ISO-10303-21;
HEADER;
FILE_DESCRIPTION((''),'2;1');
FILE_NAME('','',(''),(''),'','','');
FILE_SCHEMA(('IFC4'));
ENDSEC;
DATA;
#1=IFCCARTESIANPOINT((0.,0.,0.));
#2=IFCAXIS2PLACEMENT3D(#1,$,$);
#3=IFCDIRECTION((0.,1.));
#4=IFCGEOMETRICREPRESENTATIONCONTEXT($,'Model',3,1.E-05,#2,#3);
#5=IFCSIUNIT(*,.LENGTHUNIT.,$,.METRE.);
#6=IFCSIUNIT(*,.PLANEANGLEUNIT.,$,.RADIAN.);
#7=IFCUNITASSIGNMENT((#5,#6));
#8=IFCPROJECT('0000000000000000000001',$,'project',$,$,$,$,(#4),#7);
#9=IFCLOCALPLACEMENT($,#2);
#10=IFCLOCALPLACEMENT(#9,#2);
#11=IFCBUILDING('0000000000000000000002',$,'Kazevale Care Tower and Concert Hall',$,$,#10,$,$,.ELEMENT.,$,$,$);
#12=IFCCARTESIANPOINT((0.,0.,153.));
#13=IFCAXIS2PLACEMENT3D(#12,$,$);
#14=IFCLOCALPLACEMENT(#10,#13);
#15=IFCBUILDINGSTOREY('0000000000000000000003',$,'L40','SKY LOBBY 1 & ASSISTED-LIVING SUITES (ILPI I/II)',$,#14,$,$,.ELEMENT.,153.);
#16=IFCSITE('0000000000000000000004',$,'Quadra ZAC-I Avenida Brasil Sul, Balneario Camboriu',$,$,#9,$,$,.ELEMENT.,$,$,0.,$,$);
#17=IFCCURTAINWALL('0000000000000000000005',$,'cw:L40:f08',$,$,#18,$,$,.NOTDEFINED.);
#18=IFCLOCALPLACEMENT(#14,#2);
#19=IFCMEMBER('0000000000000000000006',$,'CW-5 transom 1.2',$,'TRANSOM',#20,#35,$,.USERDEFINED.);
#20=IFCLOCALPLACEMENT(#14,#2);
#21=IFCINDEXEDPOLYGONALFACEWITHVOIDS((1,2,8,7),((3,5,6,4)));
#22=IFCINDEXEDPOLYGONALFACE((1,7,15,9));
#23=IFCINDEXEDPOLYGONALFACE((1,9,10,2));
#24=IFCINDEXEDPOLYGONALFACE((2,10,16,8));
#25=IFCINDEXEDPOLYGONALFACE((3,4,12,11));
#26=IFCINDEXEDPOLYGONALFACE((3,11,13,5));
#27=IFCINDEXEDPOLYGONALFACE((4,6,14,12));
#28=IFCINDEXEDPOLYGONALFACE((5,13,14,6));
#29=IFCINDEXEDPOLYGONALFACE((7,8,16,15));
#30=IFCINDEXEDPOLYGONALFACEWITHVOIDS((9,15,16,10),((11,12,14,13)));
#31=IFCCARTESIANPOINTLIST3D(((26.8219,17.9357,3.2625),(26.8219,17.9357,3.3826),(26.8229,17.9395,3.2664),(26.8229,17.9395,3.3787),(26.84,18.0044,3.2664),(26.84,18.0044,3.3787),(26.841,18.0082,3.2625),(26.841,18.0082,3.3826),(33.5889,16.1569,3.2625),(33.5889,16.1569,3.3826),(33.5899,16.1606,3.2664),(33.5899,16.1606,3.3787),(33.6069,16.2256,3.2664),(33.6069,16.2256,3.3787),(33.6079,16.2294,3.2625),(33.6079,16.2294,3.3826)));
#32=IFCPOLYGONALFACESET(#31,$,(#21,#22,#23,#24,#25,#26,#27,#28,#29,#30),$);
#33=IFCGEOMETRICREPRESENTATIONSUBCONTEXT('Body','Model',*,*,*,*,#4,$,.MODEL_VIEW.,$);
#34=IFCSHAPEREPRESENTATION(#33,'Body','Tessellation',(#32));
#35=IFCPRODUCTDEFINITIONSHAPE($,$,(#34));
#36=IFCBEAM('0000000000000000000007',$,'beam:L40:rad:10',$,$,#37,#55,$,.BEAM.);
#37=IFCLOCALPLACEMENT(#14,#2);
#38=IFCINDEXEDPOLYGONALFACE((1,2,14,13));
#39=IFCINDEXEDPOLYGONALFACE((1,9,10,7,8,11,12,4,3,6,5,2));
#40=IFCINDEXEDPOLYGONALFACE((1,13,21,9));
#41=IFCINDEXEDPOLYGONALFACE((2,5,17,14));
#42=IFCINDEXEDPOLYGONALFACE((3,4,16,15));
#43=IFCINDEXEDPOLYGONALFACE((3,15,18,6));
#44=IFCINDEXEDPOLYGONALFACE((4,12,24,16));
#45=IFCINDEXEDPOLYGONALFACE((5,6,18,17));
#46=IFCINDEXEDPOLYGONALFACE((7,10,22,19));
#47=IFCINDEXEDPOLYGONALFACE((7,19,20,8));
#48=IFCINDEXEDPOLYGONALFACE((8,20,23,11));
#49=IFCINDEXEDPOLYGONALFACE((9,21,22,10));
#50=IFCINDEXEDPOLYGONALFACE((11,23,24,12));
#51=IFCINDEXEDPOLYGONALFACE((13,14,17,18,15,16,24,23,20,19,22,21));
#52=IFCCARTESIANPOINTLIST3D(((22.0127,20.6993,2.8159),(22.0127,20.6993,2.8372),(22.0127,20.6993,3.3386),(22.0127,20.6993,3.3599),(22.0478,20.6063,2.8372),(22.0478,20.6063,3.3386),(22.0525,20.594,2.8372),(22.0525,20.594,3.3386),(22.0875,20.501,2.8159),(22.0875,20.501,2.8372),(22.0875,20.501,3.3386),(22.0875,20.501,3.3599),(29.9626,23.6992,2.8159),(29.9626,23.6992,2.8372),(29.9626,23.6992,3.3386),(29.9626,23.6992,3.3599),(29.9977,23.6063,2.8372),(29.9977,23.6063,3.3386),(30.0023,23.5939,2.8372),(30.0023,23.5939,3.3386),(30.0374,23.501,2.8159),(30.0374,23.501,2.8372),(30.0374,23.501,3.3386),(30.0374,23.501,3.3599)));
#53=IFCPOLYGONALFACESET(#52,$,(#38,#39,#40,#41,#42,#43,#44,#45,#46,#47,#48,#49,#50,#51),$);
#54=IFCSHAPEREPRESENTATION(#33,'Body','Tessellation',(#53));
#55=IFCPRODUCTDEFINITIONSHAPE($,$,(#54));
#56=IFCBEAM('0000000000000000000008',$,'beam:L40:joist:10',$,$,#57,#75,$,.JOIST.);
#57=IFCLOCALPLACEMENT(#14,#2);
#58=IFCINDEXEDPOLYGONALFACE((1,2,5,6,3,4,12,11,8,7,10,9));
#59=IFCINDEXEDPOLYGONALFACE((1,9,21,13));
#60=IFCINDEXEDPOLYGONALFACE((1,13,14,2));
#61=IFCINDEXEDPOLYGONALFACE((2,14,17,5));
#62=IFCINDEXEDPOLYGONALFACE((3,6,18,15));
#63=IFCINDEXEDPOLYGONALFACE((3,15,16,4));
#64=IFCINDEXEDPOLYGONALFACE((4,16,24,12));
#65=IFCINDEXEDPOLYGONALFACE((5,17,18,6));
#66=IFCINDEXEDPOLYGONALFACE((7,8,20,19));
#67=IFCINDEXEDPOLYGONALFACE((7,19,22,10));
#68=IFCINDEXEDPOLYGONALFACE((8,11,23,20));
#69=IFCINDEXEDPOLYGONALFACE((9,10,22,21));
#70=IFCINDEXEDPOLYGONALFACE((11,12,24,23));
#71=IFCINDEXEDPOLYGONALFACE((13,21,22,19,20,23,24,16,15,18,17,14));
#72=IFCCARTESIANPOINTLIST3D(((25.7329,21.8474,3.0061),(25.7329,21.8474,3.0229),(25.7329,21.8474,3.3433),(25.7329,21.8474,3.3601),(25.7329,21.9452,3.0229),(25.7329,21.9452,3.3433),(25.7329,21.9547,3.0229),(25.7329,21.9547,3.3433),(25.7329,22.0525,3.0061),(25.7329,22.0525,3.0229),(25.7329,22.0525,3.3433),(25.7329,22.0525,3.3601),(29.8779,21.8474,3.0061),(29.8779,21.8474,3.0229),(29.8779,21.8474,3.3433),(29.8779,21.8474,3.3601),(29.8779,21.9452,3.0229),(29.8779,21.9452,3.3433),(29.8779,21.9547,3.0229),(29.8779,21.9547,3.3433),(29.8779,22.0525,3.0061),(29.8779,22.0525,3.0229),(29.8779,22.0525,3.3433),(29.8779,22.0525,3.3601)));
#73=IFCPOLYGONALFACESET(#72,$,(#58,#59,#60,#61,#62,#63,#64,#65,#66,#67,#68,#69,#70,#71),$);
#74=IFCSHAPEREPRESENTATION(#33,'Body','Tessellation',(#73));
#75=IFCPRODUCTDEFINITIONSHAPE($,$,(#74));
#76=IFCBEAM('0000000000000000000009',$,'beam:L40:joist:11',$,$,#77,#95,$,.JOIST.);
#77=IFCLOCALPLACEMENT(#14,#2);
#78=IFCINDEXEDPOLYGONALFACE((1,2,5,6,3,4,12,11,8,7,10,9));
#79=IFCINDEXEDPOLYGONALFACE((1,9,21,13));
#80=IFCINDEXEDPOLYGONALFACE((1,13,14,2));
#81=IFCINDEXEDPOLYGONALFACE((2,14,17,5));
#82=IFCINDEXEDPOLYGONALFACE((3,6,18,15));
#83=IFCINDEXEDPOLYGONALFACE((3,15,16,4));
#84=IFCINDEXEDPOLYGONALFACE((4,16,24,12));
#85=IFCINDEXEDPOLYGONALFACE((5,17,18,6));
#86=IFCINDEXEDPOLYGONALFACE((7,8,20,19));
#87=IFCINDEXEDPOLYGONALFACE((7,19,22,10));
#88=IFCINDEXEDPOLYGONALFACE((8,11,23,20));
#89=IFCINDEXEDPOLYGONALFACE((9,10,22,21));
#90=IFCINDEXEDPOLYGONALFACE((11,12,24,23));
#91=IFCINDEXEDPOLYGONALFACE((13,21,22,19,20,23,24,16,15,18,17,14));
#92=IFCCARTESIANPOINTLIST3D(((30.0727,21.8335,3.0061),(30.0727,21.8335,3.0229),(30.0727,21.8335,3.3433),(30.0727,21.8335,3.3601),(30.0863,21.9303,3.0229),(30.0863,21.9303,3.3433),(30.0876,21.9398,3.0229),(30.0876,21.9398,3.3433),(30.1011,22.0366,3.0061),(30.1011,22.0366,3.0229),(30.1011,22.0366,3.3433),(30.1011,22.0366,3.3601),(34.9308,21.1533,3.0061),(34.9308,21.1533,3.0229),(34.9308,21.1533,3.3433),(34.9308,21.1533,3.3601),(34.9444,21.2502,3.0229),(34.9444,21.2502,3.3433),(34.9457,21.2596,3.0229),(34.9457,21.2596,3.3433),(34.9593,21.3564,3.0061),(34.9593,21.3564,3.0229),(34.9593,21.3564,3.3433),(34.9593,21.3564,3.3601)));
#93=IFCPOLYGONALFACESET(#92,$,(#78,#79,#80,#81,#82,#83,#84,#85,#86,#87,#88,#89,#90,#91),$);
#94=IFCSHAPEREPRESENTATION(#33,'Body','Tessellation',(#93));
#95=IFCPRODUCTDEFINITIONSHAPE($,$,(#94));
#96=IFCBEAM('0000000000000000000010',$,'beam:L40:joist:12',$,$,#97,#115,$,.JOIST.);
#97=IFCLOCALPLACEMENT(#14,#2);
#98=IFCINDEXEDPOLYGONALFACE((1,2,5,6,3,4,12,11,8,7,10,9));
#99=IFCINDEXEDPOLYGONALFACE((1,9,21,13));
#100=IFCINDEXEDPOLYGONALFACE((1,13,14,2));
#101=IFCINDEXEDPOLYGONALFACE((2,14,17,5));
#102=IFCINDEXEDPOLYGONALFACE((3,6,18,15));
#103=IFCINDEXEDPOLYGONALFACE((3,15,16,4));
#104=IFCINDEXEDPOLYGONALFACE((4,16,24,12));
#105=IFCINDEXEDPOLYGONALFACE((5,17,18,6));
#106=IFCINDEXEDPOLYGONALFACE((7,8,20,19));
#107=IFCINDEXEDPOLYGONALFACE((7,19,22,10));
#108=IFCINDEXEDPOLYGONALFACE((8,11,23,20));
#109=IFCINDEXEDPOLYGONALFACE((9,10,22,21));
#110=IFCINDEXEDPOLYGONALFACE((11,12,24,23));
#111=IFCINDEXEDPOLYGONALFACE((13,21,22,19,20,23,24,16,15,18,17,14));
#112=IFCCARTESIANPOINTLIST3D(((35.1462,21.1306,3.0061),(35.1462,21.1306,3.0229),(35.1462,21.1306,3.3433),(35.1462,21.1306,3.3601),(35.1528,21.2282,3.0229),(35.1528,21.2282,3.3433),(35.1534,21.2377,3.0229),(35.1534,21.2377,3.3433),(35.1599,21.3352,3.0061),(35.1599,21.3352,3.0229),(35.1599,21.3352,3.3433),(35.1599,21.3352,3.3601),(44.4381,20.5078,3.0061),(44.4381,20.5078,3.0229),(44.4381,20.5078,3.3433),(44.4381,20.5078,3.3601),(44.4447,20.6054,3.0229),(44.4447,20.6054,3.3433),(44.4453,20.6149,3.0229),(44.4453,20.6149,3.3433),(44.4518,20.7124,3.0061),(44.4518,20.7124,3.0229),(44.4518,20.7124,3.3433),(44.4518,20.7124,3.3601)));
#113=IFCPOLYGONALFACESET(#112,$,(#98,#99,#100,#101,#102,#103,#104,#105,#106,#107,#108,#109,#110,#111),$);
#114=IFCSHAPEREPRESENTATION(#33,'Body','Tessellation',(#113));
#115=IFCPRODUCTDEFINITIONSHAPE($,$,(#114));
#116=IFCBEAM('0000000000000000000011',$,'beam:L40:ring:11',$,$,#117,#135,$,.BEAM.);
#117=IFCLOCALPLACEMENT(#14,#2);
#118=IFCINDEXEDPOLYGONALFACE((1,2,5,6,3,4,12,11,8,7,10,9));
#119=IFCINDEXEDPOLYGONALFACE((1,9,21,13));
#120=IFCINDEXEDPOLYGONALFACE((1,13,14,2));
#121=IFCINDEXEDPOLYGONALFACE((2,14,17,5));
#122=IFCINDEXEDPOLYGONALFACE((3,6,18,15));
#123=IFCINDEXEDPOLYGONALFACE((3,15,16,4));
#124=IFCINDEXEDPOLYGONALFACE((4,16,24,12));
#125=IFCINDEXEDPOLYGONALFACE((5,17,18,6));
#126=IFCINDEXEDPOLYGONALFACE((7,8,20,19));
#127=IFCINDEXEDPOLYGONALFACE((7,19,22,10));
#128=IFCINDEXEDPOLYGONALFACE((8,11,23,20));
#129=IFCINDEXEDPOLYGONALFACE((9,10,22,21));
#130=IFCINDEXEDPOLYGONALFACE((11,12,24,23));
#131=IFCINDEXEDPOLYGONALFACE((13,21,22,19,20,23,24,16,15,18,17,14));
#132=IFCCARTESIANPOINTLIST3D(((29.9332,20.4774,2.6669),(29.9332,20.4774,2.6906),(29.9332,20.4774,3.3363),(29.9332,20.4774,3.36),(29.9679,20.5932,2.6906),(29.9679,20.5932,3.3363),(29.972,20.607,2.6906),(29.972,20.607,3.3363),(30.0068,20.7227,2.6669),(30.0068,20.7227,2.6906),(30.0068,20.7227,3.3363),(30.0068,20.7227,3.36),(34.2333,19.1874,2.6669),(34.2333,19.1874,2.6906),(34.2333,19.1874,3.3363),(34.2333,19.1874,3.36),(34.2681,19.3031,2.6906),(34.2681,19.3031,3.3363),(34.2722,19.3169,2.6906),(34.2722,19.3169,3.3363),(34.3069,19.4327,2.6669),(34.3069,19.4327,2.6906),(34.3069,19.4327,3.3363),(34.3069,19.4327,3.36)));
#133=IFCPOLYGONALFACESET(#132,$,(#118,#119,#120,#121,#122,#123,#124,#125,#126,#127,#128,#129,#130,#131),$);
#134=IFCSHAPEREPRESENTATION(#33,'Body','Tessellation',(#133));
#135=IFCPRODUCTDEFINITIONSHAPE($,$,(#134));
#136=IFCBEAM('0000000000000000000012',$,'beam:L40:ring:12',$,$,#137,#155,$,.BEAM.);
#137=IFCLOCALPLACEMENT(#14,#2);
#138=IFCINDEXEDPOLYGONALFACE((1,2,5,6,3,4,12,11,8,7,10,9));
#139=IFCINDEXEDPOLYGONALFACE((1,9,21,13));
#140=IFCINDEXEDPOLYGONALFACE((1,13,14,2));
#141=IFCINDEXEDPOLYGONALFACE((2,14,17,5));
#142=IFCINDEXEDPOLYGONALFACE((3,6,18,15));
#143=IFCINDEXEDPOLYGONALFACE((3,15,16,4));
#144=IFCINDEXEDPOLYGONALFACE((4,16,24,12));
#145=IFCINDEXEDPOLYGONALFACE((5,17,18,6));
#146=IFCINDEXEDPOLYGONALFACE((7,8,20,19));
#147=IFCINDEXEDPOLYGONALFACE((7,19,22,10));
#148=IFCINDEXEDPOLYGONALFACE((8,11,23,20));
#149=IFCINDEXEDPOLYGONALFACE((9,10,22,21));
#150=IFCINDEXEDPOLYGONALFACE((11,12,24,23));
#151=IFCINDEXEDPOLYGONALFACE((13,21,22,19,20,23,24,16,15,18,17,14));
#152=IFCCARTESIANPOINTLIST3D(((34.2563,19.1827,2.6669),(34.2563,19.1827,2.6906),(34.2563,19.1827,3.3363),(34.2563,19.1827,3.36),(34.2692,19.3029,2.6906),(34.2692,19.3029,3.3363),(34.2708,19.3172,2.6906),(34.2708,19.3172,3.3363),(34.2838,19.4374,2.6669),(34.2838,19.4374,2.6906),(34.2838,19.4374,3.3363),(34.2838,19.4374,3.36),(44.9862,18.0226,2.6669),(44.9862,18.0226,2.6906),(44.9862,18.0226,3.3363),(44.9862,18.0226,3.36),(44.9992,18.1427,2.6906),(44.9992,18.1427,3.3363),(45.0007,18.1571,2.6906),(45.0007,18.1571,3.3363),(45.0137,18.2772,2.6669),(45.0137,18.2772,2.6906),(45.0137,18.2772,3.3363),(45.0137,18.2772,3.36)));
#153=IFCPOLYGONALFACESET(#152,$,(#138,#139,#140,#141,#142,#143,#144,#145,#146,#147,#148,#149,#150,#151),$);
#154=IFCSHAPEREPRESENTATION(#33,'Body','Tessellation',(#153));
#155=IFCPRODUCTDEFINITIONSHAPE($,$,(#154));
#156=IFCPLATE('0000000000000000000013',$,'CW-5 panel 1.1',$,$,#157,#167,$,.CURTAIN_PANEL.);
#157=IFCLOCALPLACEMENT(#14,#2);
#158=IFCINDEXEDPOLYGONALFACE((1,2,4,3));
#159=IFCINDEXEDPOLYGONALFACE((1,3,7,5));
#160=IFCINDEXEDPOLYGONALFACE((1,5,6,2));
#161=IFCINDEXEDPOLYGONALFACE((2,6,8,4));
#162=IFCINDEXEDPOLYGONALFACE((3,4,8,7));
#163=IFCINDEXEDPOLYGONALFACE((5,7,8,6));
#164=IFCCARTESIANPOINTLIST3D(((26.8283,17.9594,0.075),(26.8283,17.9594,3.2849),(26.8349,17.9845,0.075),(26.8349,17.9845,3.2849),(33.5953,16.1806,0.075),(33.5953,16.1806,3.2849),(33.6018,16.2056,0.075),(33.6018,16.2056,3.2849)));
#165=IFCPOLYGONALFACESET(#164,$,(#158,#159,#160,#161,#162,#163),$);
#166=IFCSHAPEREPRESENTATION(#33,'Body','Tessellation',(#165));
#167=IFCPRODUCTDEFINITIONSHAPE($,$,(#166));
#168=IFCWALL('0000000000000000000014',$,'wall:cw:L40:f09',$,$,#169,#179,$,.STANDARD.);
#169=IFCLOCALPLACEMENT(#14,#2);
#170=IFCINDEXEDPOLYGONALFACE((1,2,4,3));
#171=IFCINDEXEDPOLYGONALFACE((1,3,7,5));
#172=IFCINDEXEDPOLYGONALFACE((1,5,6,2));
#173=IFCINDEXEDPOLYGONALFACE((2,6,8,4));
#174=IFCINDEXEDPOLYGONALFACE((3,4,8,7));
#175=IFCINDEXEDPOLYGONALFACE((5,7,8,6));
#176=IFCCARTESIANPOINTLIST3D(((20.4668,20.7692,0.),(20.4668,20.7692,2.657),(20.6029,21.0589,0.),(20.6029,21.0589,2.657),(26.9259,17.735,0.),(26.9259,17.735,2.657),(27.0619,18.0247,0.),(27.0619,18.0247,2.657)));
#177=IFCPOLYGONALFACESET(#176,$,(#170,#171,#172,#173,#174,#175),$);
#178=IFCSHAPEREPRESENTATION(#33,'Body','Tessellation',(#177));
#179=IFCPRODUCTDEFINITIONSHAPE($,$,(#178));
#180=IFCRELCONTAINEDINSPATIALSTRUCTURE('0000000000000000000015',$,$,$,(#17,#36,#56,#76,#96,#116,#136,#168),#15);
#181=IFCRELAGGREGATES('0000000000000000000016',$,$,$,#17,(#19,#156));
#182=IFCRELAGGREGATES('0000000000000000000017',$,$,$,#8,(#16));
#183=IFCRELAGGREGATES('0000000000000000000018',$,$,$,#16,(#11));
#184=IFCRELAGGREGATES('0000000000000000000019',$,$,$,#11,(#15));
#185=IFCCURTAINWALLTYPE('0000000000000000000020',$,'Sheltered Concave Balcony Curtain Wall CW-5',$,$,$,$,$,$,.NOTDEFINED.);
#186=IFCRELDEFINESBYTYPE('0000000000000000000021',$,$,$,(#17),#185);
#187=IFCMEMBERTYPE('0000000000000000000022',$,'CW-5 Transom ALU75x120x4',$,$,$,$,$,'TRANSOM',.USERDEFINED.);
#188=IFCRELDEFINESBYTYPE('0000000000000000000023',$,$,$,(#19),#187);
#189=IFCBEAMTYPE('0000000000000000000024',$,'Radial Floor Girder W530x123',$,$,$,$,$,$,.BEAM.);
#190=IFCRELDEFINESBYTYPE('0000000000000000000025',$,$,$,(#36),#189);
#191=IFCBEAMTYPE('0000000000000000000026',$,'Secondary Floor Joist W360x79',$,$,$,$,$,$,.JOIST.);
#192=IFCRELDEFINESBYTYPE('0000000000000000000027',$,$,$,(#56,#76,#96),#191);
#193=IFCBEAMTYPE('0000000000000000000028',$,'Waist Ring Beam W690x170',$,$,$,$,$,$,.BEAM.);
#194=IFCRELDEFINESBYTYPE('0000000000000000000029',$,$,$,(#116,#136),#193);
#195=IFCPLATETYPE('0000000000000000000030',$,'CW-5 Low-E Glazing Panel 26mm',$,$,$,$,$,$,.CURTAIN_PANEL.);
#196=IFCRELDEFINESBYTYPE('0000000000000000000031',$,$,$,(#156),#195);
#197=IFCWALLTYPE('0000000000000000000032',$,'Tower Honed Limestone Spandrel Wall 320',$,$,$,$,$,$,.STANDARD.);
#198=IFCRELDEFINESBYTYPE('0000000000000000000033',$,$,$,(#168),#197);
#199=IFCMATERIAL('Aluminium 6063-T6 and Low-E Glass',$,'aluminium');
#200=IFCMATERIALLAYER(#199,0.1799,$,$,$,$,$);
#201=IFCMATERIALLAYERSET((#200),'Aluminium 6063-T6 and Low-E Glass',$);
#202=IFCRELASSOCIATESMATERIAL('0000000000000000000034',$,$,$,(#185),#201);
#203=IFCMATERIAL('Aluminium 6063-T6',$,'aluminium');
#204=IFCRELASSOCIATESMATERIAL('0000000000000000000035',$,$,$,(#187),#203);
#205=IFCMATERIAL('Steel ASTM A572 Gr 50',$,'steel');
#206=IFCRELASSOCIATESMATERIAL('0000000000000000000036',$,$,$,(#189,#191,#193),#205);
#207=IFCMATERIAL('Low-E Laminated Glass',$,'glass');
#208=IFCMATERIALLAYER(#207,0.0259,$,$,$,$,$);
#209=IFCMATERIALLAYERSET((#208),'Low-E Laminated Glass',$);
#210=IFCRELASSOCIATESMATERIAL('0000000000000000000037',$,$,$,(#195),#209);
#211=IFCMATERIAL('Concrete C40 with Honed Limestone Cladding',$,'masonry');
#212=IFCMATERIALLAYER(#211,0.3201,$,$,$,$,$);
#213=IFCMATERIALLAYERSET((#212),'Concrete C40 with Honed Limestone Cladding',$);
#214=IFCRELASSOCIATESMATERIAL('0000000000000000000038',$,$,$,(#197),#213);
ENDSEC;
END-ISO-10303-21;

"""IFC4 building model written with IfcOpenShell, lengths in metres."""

from ifc_helpers import new_model, si_unit, direction, frame, frame_2d, origin, origin_2d, place, context, subcontext, project, spatial, rectangle, hollow_rectangle, i_section, extrude, material, layer, layer_set, material_profile, profile_set, type_object, element, aggregate, save


model = new_model("IFC4")

# Units and contexts
model_context = context("Model", 3, precision=1e-05, world=origin(), true_north=direction((0.0, 1.0)))
body_context = subcontext(model_context, "Body", "Model", "MODEL_VIEW")
ifc_project = project(units=[si_unit("LENGTHUNIT", "METRE"), si_unit("PLANEANGLEUNIT", "RADIAN")], contexts=[model_context])

# Site, building, storey
site_placement = place(None, origin())
site = spatial("IfcSite", under=ifc_project, at=site_placement, Name="Quadra ZAC-I Avenida Brasil Sul, Balneario Camboriu", CompositionType="ELEMENT", RefElevation=0.0)
building_placement = place(site_placement, origin())
building = spatial("IfcBuilding", under=site, at=building_placement, Name="Kazevale Care Tower and Concert Hall", CompositionType="ELEMENT")
storey_placement = place(building_placement, frame((0.0, 0.0, 153.0)))
storey = spatial("IfcBuildingStorey", under=building, at=storey_placement, Name="L40", Description="SKY LOBBY 1 & ASSISTED-LIVING SUITES (ILPI I/II)", CompositionType="ELEMENT", Elevation=153.0)

# Shared definitions
ifc_material_1 = material(Name="Aluminium 6063-T6 and Low-E Glass", Category="aluminium")
ifc_layer_1 = layer(ifc_material_1, 0.1799)
ifc_layer_set_1 = layer_set([ifc_layer_1], Name="Aluminium 6063-T6 and Low-E Glass")
curtain_wall_type = type_object("IfcCurtainWallType", Name="Sheltered Concave Balcony Curtain Wall CW-5", PredefinedType="NOTDEFINED", material=ifc_layer_set_1)
ifc_material_2 = material(Name="Aluminium 6063-T6", Category="aluminium")

# Curtain wall, member
curtain_wall_1_placement = place(storey_placement, origin())
curtain_wall_1 = element("IfcCurtainWall", 1, at=curtain_wall_1_placement, inside=storey, type_object=curtain_wall_type, Name="cw:L40:f08", PredefinedType="NOTDEFINED")
ifc_material_profile_1 = material_profile(ifc_material_2, hollow_rectangle(XDim=0.075, YDim=0.1201, WallThickness=0.0039, at=origin_2d()), Name="ALU75x120x4")
ifc_profile_set_1 = profile_set([ifc_material_profile_1], Name="Aluminium 6063-T6")
member_type_1 = type_object("IfcMemberType", Name="CW-5 Transom ALU75x120x4", ElementType="TRANSOM", PredefinedType="USERDEFINED", material=ifc_profile_set_1)
member_1_placement = place(storey_placement, frame((33.5984, 16.1931, 3.3225), z_axis=(-0.967143, 0.254234, 0.0), x_axis=(-0.254234, -0.967143, 0.0)))
member_1 = element("IfcMember", 2, at=member_1_placement, type_object=member_type_1, Name="CW-5 transom 1.2", ObjectType="TRANSOM", PredefinedType="USERDEFINED", context=body_context, shape_type="SweptSolid", body=[
    extrude(hollow_rectangle(XDim=0.075, YDim=0.1201, WallThickness=0.0039, at=origin_2d()), origin(), (0.0, 0.0, 1.0), 6.9968),
])

# Beams
ifc_material_3 = material(Name="Steel ASTM A572 Gr 50", Category="steel")
ifc_material_profile_2 = material_profile(ifc_material_3, i_section(OverallWidth=0.2119, OverallDepth=0.5439, WebThickness=0.0132, FlangeThickness=0.0212, at=origin_2d()), Name="W530x123")
ifc_profile_set_2 = profile_set([ifc_material_profile_2], Name="Steel ASTM A572 Gr 50")
beam_type_1 = type_object("IfcBeamType", Name="Radial Floor Girder W530x123", PredefinedType="BEAM", material=ifc_profile_set_2)
beam_1_placement = place(storey_placement, frame((30.0, 23.6001, 3.0879), z_axis=(-0.935601, -0.353059, 0.0), x_axis=(0.353059, -0.935601, 0.0)))
element("IfcBeam", 3, at=beam_1_placement, inside=storey, type_object=beam_type_1, Name="beam:L40:rad:10", PredefinedType="BEAM", context=body_context, shape_type="SweptSolid", body=[
    extrude(i_section(OverallWidth=0.2119, OverallDepth=0.5439, WebThickness=0.0132, FlangeThickness=0.0212, at=origin_2d()), origin(), (0.0, 0.0, 1.0), 8.4971),
])
ifc_material_profile_3 = material_profile(ifc_material_3, i_section(OverallWidth=0.2051, OverallDepth=0.354, WebThickness=0.0095, FlangeThickness=0.0168, at=origin_2d()), Name="W360x79")
ifc_profile_set_3 = profile_set([ifc_material_profile_3], Name="Steel ASTM A572 Gr 50")
beam_type_2 = type_object("IfcBeamType", Name="Secondary Floor Joist W360x79", PredefinedType="JOIST", material=ifc_profile_set_3)
beam_2_placement = place(storey_placement, frame((25.7329, 21.95, 3.1831), z_axis=(1.0, 0.0, 0.0), x_axis=(0.0, 1.0, 0.0)))
element("IfcBeam", 4, at=beam_2_placement, inside=storey, type_object=beam_type_2, Name="beam:L40:joist:10", PredefinedType="JOIST", context=body_context, shape_type="SweptSolid", body=[
    extrude(i_section(OverallWidth=0.2051, OverallDepth=0.354, WebThickness=0.0095, FlangeThickness=0.0168, at=origin_2d()), origin(), (0.0, 0.0, 1.0), 4.145),
])
beam_3_placement = place(storey_placement, frame((30.0869, 21.9351, 3.1831), z_axis=(0.990341, -0.138655, 0.0), x_axis=(0.138655, 0.990341, 0.0)))
element("IfcBeam", 5, at=beam_3_placement, inside=storey, type_object=beam_type_2, Name="beam:L40:joist:11", PredefinedType="JOIST", context=body_context, shape_type="SweptSolid", body=[
    extrude(i_section(OverallWidth=0.2051, OverallDepth=0.354, WebThickness=0.0095, FlangeThickness=0.0168, at=origin_2d()), origin(), (0.0, 0.0, 1.0), 4.9055),
])
beam_4_placement = place(storey_placement, frame((35.1531, 21.2329, 3.1831), z_axis=(0.997761, -0.066876, 0.0), x_axis=(0.066876, 0.997761, 0.0)))
element("IfcBeam", 6, at=beam_4_placement, inside=storey, type_object=beam_type_2, Name="beam:L40:joist:12", PredefinedType="JOIST", context=body_context, shape_type="SweptSolid", body=[
    extrude(i_section(OverallWidth=0.2051, OverallDepth=0.354, WebThickness=0.0095, FlangeThickness=0.0168, at=origin_2d()), origin(), (0.0, 0.0, 1.0), 9.3127),
])
ifc_material_profile_4 = material_profile(ifc_material_3, i_section(OverallWidth=0.2561, OverallDepth=0.6931, WebThickness=0.0144, FlangeThickness=0.0237, at=origin_2d()), Name="W690x170")
ifc_profile_set_4 = profile_set([ifc_material_profile_4], Name="Steel ASTM A572 Gr 50")
beam_type_3 = type_object("IfcBeamType", Name="Waist Ring Beam W690x170", PredefinedType="BEAM", material=ifc_profile_set_4)
beam_5_placement = place(storey_placement, frame((29.97, 20.6001, 3.0134), z_axis=(0.957825, -0.287353, 0.0), x_axis=(0.287353, 0.957825, 0.0)))
element("IfcBeam", 7, at=beam_5_placement, inside=storey, type_object=beam_type_3, Name="beam:L40:ring:11", PredefinedType="BEAM", context=body_context, shape_type="SweptSolid", body=[
    extrude(i_section(OverallWidth=0.2561, OverallDepth=0.6931, WebThickness=0.0144, FlangeThickness=0.0237, at=origin_2d()), origin(), (0.0, 0.0, 1.0), 4.4895),
])
beam_6_placement = place(storey_placement, frame((34.27, 19.3101, 3.0134), z_axis=(0.994205, -0.107496, 0.0), x_axis=(0.107496, 0.994205, 0.0)))
element("IfcBeam", 8, at=beam_6_placement, inside=storey, type_object=beam_type_3, Name="beam:L40:ring:12", PredefinedType="BEAM", context=body_context, shape_type="SweptSolid", body=[
    extrude(i_section(OverallWidth=0.2561, OverallDepth=0.6931, WebThickness=0.0144, FlangeThickness=0.0237, at=origin_2d()), origin(), (0.0, 0.0, 1.0), 10.7925),
])

# Plate
ifc_material_4 = material(Name="Low-E Laminated Glass", Category="glass")
ifc_layer_2 = layer(ifc_material_4, 0.0259)
ifc_layer_set_2 = layer_set([ifc_layer_2], Name="Low-E Laminated Glass")
plate_type = type_object("IfcPlateType", Name="CW-5 Low-E Glazing Panel 26mm", PredefinedType="CURTAIN_PANEL", material=ifc_layer_set_2)
plate_placement = place(storey_placement, frame((30.2151, 17.0825, 0.075), z_axis=(0.0, 0.0, 1.0), x_axis=(-0.967142, 0.254238, 0.0)))
plate = element("IfcPlate", 9, at=plate_placement, type_object=plate_type, Name="CW-5 panel 1.1", PredefinedType="CURTAIN_PANEL", context=body_context, shape_type="SweptSolid", body=[
    extrude(rectangle(XDim=6.9968, YDim=0.0259, at=origin_2d()), origin(), (0.0, 0.0, 1.0), 3.21),
])
aggregate(curtain_wall_1, [member_1, plate])

# Wall
ifc_material_5 = material(Name="Concrete C40 with Honed Limestone Cladding", Category="masonry")
ifc_layer_3 = layer(ifc_material_5, 0.3201)
ifc_layer_set_3 = layer_set([ifc_layer_3], Name="Concrete C40 with Honed Limestone Cladding")
wall_type = type_object("IfcWallType", Name="Tower Honed Limestone Spandrel Wall 320", PredefinedType="STANDARD", material=ifc_layer_set_3)
wall_placement = place(storey_placement, frame((26.9939, 17.8799, 0.0), z_axis=(0.0, 0.0, 1.0), x_axis=(-0.905107, 0.425184, 0.0)))
element("IfcWall", 10, at=wall_placement, inside=storey, type_object=wall_type, Name="wall:cw:L40:f09", PredefinedType="STANDARD", context=body_context, shape_type="SweptSolid", body=[
    extrude(rectangle(XDim=7.1362, YDim=0.3201, at=frame_2d((3.5681, 0.0))), origin(), (0.0, 0.0, 1.0), 2.657),
])

save(model, "model.ifc")
